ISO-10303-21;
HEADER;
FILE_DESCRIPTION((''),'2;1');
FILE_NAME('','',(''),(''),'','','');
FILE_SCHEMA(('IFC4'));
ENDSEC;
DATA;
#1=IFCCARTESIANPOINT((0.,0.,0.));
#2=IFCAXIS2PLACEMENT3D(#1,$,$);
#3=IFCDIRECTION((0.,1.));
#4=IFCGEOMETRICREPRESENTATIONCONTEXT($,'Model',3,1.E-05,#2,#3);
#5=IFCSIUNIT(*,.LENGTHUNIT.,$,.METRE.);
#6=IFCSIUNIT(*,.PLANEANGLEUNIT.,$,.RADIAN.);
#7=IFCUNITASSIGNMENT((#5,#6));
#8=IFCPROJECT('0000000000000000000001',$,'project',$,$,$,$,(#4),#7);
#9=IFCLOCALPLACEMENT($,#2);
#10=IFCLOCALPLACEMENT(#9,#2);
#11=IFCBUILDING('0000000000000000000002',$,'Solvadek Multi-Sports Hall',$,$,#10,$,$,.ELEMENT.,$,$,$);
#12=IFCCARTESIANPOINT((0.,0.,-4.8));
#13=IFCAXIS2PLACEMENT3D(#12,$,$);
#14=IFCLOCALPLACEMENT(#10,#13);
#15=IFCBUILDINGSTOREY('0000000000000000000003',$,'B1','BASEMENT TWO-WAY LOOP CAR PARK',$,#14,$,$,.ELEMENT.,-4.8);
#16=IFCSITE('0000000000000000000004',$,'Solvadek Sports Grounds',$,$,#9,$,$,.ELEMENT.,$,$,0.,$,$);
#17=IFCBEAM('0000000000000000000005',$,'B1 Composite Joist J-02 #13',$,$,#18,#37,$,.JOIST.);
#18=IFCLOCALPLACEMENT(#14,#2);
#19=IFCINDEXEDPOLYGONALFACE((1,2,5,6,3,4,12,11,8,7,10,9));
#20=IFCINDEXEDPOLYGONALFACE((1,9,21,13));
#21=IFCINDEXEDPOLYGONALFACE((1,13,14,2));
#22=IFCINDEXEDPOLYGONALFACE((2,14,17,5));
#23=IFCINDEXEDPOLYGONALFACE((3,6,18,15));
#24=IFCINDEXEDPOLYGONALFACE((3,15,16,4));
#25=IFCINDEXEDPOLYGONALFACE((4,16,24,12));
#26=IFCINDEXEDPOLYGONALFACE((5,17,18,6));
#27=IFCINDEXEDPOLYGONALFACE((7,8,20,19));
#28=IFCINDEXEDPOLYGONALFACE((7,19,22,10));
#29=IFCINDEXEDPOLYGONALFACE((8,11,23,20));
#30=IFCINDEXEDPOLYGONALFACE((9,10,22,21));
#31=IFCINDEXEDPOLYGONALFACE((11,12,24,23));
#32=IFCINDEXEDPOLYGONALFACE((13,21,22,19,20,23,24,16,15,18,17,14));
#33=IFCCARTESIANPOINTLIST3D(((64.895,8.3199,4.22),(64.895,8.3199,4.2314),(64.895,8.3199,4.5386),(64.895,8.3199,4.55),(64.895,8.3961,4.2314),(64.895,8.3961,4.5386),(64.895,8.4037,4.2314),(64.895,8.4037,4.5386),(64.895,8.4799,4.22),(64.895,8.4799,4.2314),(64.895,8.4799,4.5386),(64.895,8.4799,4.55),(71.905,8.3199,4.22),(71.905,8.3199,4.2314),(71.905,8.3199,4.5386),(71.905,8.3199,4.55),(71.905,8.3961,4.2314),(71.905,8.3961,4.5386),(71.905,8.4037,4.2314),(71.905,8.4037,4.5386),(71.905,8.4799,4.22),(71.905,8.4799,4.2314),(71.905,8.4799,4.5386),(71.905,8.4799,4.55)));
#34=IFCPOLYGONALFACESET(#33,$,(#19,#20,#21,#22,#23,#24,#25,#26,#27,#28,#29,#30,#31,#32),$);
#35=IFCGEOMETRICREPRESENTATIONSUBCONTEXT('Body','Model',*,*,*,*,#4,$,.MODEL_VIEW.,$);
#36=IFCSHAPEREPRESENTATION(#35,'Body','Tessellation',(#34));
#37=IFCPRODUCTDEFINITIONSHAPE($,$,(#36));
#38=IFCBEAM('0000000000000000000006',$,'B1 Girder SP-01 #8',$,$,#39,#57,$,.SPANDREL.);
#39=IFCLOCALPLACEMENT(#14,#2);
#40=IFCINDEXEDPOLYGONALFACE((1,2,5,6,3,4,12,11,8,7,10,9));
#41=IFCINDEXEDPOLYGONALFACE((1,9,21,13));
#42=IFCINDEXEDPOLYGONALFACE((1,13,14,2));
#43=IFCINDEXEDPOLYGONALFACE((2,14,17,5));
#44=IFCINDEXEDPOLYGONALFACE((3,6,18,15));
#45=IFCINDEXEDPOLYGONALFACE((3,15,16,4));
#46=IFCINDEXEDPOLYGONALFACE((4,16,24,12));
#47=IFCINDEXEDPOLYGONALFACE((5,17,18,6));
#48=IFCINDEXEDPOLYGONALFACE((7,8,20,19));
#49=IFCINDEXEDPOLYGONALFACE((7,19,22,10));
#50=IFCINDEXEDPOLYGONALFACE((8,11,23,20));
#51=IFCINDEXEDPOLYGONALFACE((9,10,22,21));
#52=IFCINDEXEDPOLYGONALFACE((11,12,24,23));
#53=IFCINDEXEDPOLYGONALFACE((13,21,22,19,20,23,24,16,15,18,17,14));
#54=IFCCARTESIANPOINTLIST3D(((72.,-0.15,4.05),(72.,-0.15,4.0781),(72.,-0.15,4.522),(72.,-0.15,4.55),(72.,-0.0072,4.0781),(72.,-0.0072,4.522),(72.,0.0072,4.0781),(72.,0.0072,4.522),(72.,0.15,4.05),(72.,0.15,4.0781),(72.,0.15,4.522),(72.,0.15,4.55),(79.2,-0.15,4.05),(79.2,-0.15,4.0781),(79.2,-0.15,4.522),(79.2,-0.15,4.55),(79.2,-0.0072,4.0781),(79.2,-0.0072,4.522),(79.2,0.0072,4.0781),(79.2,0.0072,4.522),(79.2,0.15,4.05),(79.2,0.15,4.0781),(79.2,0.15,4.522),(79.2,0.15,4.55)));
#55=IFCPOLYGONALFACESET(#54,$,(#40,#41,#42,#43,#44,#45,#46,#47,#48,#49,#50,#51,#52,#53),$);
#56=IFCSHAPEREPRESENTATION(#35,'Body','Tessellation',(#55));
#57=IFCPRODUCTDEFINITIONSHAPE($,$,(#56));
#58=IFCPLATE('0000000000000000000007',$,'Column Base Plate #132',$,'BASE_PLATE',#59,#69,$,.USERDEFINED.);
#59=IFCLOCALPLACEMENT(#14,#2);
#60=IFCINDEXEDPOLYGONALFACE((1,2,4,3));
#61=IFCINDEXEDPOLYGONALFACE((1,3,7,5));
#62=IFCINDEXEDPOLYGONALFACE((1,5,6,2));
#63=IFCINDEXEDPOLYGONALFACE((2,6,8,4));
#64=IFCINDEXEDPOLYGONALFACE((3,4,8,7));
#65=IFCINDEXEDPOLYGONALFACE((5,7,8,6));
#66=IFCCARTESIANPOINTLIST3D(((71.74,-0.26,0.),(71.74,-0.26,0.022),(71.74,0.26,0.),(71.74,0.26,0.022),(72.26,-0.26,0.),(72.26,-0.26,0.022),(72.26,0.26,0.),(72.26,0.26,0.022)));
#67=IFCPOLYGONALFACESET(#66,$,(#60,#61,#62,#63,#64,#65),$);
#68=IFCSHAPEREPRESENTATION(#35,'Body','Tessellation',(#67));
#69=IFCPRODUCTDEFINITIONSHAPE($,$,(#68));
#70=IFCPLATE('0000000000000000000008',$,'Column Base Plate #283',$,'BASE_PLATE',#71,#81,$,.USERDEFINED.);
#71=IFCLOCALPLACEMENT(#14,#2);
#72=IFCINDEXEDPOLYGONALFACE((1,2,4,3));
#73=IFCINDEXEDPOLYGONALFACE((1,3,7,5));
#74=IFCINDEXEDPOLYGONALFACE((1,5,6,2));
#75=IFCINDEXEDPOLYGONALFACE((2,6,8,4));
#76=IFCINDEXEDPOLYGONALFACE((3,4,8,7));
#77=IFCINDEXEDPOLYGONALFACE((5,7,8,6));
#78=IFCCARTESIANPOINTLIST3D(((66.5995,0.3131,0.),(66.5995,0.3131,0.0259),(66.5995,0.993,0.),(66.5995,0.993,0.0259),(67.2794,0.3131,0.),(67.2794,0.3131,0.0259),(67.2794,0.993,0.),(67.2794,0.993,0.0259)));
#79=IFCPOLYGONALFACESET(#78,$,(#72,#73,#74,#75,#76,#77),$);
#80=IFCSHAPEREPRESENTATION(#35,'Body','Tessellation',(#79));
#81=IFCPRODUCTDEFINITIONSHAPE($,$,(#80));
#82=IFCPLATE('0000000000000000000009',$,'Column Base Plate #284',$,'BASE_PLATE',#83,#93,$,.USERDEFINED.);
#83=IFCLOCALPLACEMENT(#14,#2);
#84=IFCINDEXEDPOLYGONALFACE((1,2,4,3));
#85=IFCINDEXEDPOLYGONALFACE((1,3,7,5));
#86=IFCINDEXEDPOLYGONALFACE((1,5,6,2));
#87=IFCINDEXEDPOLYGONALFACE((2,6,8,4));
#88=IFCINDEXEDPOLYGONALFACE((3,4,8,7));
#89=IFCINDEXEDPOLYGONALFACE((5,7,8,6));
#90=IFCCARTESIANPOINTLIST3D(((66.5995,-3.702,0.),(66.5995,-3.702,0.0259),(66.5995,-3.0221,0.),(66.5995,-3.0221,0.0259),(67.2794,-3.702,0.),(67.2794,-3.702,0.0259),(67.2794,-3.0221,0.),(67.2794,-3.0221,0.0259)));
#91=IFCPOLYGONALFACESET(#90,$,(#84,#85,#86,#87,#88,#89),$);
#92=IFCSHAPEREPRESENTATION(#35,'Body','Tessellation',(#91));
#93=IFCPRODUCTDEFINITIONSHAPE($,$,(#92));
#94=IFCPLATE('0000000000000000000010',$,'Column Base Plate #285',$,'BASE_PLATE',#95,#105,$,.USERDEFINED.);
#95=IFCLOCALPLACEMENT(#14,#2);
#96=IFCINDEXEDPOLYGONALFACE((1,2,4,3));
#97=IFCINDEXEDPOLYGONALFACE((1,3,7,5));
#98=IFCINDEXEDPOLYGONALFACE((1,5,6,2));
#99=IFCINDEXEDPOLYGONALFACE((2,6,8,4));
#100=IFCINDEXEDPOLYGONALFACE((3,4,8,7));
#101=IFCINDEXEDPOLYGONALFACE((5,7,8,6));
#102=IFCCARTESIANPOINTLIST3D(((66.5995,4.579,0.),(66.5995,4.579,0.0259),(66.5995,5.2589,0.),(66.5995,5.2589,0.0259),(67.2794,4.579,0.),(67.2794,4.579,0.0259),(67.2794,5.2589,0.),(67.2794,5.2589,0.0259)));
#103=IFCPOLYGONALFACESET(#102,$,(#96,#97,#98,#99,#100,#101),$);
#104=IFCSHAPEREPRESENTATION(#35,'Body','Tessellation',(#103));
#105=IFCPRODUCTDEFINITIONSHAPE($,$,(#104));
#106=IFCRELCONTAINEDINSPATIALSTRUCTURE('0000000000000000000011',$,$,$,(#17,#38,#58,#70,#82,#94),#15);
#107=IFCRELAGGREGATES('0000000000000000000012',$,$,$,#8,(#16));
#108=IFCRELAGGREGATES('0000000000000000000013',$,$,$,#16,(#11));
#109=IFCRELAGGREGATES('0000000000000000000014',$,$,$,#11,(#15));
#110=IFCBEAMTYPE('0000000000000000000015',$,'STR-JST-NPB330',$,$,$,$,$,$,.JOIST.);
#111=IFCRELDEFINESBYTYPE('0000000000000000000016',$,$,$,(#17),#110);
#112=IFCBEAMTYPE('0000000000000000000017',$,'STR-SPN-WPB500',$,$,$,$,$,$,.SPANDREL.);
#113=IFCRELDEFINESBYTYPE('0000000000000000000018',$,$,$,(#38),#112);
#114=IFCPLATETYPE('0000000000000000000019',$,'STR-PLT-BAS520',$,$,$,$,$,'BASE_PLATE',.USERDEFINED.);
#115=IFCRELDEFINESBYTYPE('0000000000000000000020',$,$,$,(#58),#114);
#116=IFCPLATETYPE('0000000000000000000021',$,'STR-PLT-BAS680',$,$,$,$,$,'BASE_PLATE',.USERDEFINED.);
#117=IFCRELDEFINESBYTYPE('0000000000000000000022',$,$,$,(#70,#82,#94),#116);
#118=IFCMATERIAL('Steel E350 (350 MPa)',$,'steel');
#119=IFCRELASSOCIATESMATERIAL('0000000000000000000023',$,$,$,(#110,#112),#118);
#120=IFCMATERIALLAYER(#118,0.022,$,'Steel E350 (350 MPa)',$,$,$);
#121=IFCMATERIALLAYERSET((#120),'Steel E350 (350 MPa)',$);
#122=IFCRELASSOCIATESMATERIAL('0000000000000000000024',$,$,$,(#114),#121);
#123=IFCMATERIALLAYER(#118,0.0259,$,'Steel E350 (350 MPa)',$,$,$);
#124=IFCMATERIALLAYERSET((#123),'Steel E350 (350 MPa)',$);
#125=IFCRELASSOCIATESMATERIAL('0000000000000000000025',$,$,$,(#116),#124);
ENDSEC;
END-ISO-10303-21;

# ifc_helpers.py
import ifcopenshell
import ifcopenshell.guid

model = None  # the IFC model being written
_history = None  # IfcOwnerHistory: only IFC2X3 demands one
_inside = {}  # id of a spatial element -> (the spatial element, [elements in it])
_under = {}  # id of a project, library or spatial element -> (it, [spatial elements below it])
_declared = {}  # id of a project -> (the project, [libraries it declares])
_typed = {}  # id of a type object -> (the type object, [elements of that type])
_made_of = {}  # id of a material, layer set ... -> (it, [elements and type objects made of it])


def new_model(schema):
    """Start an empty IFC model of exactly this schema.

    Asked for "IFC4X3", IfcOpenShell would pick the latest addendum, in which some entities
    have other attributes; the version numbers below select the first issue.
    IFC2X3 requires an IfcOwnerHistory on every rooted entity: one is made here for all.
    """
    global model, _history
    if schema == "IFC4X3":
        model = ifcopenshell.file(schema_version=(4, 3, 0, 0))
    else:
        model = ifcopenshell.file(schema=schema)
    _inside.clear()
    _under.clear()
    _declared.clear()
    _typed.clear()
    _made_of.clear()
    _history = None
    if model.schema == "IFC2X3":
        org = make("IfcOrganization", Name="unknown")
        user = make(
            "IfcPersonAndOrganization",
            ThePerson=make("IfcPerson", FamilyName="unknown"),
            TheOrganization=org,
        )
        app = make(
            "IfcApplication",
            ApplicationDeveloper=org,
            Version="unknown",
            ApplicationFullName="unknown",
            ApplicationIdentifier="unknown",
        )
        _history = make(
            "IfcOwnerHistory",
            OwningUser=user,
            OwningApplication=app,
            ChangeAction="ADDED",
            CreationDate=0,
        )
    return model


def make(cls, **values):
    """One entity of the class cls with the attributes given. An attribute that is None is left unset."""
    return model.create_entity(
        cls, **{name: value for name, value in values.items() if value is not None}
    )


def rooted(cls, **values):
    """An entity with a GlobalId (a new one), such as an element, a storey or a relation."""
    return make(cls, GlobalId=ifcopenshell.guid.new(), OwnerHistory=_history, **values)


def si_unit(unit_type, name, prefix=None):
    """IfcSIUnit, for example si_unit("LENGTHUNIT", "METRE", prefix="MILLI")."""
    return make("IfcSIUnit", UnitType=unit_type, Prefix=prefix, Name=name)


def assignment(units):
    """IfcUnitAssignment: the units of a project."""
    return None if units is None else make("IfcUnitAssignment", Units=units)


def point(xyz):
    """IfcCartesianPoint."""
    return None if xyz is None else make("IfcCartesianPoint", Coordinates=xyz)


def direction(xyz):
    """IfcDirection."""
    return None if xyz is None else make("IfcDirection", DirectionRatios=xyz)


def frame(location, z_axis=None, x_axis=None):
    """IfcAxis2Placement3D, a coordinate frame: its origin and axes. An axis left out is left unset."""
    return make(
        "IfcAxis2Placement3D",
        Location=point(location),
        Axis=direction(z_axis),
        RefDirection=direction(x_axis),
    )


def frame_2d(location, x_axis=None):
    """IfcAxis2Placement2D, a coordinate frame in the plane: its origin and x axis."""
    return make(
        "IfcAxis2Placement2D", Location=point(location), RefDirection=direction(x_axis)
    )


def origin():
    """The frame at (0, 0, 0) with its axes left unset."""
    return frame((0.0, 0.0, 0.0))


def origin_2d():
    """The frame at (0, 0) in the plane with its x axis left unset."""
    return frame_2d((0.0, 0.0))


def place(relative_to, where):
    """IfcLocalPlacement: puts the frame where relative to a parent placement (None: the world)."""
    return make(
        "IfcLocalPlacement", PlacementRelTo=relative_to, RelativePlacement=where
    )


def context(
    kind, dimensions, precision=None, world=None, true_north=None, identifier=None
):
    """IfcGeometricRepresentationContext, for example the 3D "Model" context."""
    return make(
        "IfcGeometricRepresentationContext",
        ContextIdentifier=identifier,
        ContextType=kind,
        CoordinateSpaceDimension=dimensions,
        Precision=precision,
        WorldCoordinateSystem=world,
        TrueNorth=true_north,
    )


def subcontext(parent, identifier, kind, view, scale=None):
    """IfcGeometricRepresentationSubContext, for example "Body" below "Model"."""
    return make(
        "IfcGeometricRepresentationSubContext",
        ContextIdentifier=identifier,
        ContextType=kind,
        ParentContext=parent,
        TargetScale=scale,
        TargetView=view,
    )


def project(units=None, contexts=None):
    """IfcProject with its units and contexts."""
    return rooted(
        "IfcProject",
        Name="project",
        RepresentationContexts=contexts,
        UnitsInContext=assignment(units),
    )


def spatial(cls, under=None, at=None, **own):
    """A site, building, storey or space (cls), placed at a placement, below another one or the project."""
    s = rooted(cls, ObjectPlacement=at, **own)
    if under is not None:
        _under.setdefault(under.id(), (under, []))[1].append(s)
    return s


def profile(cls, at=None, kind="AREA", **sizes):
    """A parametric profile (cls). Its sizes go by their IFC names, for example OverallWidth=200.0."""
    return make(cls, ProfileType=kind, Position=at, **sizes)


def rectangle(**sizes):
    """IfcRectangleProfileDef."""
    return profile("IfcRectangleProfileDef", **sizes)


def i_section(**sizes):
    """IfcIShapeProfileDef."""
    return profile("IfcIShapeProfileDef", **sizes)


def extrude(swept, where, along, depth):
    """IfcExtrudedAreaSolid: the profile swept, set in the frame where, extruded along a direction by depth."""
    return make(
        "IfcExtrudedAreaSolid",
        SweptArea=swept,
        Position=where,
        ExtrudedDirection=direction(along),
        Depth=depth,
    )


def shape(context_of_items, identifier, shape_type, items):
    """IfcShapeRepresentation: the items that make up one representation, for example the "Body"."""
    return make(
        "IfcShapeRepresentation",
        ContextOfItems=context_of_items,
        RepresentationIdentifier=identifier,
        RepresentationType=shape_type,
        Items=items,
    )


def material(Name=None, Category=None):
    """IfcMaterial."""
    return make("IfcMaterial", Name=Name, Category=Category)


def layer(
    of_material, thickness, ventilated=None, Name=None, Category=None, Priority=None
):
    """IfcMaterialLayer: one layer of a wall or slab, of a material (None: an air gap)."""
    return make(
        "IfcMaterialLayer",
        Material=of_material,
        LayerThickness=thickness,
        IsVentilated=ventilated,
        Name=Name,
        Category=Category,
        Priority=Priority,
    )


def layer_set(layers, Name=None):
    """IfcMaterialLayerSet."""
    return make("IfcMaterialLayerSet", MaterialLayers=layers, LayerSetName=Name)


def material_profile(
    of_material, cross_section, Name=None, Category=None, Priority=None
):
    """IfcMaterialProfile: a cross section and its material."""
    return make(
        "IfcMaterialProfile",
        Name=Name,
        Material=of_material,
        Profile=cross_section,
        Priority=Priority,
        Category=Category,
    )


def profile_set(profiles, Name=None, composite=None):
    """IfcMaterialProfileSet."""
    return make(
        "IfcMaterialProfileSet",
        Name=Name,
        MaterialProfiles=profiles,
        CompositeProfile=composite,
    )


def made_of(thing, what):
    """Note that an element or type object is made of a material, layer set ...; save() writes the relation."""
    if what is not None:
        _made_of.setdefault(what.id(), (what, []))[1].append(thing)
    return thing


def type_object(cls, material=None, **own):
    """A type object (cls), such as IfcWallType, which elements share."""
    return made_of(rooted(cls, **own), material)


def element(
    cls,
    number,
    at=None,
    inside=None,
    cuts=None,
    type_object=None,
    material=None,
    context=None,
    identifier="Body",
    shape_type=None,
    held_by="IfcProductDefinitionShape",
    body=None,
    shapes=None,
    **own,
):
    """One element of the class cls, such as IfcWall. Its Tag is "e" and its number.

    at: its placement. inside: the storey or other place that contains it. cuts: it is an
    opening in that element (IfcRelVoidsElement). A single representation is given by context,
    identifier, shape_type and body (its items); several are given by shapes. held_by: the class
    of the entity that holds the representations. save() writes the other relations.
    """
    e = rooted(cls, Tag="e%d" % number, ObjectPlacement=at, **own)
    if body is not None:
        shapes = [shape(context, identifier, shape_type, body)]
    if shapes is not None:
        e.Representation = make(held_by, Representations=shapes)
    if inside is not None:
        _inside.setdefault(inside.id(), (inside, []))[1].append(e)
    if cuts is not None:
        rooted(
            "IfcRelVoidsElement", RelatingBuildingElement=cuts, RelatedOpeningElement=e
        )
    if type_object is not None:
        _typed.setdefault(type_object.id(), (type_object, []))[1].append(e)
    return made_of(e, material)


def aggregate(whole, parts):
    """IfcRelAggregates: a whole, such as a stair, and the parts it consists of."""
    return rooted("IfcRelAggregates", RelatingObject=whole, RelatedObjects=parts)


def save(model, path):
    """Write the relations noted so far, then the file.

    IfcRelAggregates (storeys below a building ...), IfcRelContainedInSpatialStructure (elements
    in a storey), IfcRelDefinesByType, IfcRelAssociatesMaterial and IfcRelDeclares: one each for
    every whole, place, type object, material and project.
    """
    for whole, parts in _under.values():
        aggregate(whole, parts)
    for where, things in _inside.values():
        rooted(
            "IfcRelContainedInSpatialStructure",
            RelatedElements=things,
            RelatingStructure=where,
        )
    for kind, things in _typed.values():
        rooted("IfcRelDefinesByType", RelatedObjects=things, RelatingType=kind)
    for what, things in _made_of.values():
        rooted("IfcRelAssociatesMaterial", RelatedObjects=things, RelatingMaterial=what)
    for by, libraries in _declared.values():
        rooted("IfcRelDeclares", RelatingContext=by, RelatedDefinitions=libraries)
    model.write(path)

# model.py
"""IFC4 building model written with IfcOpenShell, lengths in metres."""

from ifc_helpers import new_model, si_unit, direction, frame, origin, origin_2d, place, context, subcontext, project, spatial, rectangle, i_section, extrude, material, layer, layer_set, material_profile, profile_set, type_object, element, save


model = new_model("IFC4")

# Units and contexts
model_context = context("Model", 3, precision=1e-05, world=origin(), true_north=direction((0.0, 1.0)))
body_context = subcontext(model_context, "Body", "Model", "MODEL_VIEW")
ifc_project = project(units=[si_unit("LENGTHUNIT", "METRE"), si_unit("PLANEANGLEUNIT", "RADIAN")], contexts=[model_context])

# Site, building, storey
site_placement = place(None, origin())
site = spatial("IfcSite", under=ifc_project, at=site_placement, Name="Solvadek Sports Grounds", CompositionType="ELEMENT", RefElevation=0.0)
building_placement = place(site_placement, origin())
building = spatial("IfcBuilding", under=site, at=building_placement, Name="Solvadek Multi-Sports Hall", CompositionType="ELEMENT")
storey_placement = place(building_placement, frame((0.0, 0.0, -4.8)))
storey = spatial("IfcBuildingStorey", under=building, at=storey_placement, Name="B1", Description="BASEMENT TWO-WAY LOOP CAR PARK", CompositionType="ELEMENT", Elevation=-4.8)

# Shared definitions
ifc_material_1 = material(Name="Steel E350 (350 MPa)", Category="steel")

# Beams
ifc_material_profile_1 = material_profile(ifc_material_1, i_section(OverallWidth=0.1599, OverallDepth=0.3301, WebThickness=0.0076, FlangeThickness=0.0115, at=origin_2d()), Name="NPB 330")
ifc_profile_set_1 = profile_set([ifc_material_profile_1], Name="Steel E350 (350 MPa)")
beam_type_1 = type_object("IfcBeamType", Name="STR-JST-NPB330", PredefinedType="JOIST", material=ifc_profile_set_1)
beam_1_placement = place(storey_placement, frame((64.895, 8.3999, 4.385), z_axis=(1.0, 0.0, 0.0), x_axis=(0.0, 1.0, 0.0)))
element("IfcBeam", 1, at=beam_1_placement, inside=storey, type_object=beam_type_1, Name="B1 Composite Joist J-02 #13", PredefinedType="JOIST", context=body_context, shape_type="SweptSolid", body=[
    extrude(i_section(OverallWidth=0.1599, OverallDepth=0.3301, WebThickness=0.0076, FlangeThickness=0.0115, at=origin_2d()), origin(), (0.0, 0.0, 1.0), 7.01),
])
ifc_material_profile_2 = material_profile(ifc_material_1, i_section(OverallWidth=0.3, OverallDepth=0.5, WebThickness=0.0144, FlangeThickness=0.0281, at=origin_2d()), Name="WPB 500")
ifc_profile_set_2 = profile_set([ifc_material_profile_2], Name="Steel E350 (350 MPa)")
beam_type_2 = type_object("IfcBeamType", Name="STR-SPN-WPB500", PredefinedType="SPANDREL", material=ifc_profile_set_2)
beam_2_placement = place(storey_placement, frame((72.0, 0.0, 4.3), z_axis=(1.0, 0.0, 0.0), x_axis=(0.0, 1.0, 0.0)))
element("IfcBeam", 2, at=beam_2_placement, inside=storey, type_object=beam_type_2, Name="B1 Girder SP-01 #8", PredefinedType="SPANDREL", context=body_context, shape_type="SweptSolid", body=[
    extrude(i_section(OverallWidth=0.3, OverallDepth=0.5, WebThickness=0.0144, FlangeThickness=0.0281, at=origin_2d()), origin(), (0.0, 0.0, 1.0), 7.2),
])

# Plates
ifc_layer_1 = layer(ifc_material_1, 0.022, Name="Steel E350 (350 MPa)")
ifc_layer_set_1 = layer_set([ifc_layer_1], Name="Steel E350 (350 MPa)")
plate_type_1 = type_object("IfcPlateType", Name="STR-PLT-BAS520", ElementType="BASE_PLATE", PredefinedType="USERDEFINED", material=ifc_layer_set_1)
plate_placement = place(storey_placement, frame((72.0, 0.0, 0.0), z_axis=(0.0, 0.0, 1.0), x_axis=(1.0, 0.0, 0.0)))
element("IfcPlate", 3, at=plate_placement, inside=storey, type_object=plate_type_1, Name="Column Base Plate #132", ObjectType="BASE_PLATE", PredefinedType="USERDEFINED", context=body_context, shape_type="SweptSolid", body=[
    extrude(rectangle(XDim=0.52, YDim=0.52, at=origin_2d()), origin(), (0.0, 0.0, 1.0), 0.022),
])
ifc_layer_2 = layer(ifc_material_1, 0.0259, Name="Steel E350 (350 MPa)")
ifc_layer_set_2 = layer_set([ifc_layer_2], Name="Steel E350 (350 MPa)")
plate_type_2 = type_object("IfcPlateType", Name="STR-PLT-BAS680", ElementType="BASE_PLATE", PredefinedType="USERDEFINED", material=ifc_layer_set_2)
for number, where, z_axis, x_axis, name in (
    (4, (66.9395, 0.6531, 0.0), (0.0, 0.0, 1.0), (1.0, 0.0, 0.0), "Column Base Plate #283"),
    (5, (66.9395, -3.3621, 0.0), (0.0, 0.0, 1.0), (1.0, 0.0, 0.0), "Column Base Plate #284"),
    (6, (66.9395, 4.9189, 0.0), (0.0, 0.0, 1.0), (1.0, 0.0, 0.0), "Column Base Plate #285"),
):
    element("IfcPlate", number, at=place(storey_placement, frame(where, z_axis=z_axis, x_axis=x_axis)), inside=storey, type_object=plate_type_2, Name=name, ObjectType="BASE_PLATE", PredefinedType="USERDEFINED", context=body_context, shape_type="SweptSolid", body=[
        extrude(rectangle(XDim=0.6799, YDim=0.6799, at=origin_2d()), origin(), (0.0, 0.0, 1.0), 0.0259),
    ])

save(model, "model.ifc")
